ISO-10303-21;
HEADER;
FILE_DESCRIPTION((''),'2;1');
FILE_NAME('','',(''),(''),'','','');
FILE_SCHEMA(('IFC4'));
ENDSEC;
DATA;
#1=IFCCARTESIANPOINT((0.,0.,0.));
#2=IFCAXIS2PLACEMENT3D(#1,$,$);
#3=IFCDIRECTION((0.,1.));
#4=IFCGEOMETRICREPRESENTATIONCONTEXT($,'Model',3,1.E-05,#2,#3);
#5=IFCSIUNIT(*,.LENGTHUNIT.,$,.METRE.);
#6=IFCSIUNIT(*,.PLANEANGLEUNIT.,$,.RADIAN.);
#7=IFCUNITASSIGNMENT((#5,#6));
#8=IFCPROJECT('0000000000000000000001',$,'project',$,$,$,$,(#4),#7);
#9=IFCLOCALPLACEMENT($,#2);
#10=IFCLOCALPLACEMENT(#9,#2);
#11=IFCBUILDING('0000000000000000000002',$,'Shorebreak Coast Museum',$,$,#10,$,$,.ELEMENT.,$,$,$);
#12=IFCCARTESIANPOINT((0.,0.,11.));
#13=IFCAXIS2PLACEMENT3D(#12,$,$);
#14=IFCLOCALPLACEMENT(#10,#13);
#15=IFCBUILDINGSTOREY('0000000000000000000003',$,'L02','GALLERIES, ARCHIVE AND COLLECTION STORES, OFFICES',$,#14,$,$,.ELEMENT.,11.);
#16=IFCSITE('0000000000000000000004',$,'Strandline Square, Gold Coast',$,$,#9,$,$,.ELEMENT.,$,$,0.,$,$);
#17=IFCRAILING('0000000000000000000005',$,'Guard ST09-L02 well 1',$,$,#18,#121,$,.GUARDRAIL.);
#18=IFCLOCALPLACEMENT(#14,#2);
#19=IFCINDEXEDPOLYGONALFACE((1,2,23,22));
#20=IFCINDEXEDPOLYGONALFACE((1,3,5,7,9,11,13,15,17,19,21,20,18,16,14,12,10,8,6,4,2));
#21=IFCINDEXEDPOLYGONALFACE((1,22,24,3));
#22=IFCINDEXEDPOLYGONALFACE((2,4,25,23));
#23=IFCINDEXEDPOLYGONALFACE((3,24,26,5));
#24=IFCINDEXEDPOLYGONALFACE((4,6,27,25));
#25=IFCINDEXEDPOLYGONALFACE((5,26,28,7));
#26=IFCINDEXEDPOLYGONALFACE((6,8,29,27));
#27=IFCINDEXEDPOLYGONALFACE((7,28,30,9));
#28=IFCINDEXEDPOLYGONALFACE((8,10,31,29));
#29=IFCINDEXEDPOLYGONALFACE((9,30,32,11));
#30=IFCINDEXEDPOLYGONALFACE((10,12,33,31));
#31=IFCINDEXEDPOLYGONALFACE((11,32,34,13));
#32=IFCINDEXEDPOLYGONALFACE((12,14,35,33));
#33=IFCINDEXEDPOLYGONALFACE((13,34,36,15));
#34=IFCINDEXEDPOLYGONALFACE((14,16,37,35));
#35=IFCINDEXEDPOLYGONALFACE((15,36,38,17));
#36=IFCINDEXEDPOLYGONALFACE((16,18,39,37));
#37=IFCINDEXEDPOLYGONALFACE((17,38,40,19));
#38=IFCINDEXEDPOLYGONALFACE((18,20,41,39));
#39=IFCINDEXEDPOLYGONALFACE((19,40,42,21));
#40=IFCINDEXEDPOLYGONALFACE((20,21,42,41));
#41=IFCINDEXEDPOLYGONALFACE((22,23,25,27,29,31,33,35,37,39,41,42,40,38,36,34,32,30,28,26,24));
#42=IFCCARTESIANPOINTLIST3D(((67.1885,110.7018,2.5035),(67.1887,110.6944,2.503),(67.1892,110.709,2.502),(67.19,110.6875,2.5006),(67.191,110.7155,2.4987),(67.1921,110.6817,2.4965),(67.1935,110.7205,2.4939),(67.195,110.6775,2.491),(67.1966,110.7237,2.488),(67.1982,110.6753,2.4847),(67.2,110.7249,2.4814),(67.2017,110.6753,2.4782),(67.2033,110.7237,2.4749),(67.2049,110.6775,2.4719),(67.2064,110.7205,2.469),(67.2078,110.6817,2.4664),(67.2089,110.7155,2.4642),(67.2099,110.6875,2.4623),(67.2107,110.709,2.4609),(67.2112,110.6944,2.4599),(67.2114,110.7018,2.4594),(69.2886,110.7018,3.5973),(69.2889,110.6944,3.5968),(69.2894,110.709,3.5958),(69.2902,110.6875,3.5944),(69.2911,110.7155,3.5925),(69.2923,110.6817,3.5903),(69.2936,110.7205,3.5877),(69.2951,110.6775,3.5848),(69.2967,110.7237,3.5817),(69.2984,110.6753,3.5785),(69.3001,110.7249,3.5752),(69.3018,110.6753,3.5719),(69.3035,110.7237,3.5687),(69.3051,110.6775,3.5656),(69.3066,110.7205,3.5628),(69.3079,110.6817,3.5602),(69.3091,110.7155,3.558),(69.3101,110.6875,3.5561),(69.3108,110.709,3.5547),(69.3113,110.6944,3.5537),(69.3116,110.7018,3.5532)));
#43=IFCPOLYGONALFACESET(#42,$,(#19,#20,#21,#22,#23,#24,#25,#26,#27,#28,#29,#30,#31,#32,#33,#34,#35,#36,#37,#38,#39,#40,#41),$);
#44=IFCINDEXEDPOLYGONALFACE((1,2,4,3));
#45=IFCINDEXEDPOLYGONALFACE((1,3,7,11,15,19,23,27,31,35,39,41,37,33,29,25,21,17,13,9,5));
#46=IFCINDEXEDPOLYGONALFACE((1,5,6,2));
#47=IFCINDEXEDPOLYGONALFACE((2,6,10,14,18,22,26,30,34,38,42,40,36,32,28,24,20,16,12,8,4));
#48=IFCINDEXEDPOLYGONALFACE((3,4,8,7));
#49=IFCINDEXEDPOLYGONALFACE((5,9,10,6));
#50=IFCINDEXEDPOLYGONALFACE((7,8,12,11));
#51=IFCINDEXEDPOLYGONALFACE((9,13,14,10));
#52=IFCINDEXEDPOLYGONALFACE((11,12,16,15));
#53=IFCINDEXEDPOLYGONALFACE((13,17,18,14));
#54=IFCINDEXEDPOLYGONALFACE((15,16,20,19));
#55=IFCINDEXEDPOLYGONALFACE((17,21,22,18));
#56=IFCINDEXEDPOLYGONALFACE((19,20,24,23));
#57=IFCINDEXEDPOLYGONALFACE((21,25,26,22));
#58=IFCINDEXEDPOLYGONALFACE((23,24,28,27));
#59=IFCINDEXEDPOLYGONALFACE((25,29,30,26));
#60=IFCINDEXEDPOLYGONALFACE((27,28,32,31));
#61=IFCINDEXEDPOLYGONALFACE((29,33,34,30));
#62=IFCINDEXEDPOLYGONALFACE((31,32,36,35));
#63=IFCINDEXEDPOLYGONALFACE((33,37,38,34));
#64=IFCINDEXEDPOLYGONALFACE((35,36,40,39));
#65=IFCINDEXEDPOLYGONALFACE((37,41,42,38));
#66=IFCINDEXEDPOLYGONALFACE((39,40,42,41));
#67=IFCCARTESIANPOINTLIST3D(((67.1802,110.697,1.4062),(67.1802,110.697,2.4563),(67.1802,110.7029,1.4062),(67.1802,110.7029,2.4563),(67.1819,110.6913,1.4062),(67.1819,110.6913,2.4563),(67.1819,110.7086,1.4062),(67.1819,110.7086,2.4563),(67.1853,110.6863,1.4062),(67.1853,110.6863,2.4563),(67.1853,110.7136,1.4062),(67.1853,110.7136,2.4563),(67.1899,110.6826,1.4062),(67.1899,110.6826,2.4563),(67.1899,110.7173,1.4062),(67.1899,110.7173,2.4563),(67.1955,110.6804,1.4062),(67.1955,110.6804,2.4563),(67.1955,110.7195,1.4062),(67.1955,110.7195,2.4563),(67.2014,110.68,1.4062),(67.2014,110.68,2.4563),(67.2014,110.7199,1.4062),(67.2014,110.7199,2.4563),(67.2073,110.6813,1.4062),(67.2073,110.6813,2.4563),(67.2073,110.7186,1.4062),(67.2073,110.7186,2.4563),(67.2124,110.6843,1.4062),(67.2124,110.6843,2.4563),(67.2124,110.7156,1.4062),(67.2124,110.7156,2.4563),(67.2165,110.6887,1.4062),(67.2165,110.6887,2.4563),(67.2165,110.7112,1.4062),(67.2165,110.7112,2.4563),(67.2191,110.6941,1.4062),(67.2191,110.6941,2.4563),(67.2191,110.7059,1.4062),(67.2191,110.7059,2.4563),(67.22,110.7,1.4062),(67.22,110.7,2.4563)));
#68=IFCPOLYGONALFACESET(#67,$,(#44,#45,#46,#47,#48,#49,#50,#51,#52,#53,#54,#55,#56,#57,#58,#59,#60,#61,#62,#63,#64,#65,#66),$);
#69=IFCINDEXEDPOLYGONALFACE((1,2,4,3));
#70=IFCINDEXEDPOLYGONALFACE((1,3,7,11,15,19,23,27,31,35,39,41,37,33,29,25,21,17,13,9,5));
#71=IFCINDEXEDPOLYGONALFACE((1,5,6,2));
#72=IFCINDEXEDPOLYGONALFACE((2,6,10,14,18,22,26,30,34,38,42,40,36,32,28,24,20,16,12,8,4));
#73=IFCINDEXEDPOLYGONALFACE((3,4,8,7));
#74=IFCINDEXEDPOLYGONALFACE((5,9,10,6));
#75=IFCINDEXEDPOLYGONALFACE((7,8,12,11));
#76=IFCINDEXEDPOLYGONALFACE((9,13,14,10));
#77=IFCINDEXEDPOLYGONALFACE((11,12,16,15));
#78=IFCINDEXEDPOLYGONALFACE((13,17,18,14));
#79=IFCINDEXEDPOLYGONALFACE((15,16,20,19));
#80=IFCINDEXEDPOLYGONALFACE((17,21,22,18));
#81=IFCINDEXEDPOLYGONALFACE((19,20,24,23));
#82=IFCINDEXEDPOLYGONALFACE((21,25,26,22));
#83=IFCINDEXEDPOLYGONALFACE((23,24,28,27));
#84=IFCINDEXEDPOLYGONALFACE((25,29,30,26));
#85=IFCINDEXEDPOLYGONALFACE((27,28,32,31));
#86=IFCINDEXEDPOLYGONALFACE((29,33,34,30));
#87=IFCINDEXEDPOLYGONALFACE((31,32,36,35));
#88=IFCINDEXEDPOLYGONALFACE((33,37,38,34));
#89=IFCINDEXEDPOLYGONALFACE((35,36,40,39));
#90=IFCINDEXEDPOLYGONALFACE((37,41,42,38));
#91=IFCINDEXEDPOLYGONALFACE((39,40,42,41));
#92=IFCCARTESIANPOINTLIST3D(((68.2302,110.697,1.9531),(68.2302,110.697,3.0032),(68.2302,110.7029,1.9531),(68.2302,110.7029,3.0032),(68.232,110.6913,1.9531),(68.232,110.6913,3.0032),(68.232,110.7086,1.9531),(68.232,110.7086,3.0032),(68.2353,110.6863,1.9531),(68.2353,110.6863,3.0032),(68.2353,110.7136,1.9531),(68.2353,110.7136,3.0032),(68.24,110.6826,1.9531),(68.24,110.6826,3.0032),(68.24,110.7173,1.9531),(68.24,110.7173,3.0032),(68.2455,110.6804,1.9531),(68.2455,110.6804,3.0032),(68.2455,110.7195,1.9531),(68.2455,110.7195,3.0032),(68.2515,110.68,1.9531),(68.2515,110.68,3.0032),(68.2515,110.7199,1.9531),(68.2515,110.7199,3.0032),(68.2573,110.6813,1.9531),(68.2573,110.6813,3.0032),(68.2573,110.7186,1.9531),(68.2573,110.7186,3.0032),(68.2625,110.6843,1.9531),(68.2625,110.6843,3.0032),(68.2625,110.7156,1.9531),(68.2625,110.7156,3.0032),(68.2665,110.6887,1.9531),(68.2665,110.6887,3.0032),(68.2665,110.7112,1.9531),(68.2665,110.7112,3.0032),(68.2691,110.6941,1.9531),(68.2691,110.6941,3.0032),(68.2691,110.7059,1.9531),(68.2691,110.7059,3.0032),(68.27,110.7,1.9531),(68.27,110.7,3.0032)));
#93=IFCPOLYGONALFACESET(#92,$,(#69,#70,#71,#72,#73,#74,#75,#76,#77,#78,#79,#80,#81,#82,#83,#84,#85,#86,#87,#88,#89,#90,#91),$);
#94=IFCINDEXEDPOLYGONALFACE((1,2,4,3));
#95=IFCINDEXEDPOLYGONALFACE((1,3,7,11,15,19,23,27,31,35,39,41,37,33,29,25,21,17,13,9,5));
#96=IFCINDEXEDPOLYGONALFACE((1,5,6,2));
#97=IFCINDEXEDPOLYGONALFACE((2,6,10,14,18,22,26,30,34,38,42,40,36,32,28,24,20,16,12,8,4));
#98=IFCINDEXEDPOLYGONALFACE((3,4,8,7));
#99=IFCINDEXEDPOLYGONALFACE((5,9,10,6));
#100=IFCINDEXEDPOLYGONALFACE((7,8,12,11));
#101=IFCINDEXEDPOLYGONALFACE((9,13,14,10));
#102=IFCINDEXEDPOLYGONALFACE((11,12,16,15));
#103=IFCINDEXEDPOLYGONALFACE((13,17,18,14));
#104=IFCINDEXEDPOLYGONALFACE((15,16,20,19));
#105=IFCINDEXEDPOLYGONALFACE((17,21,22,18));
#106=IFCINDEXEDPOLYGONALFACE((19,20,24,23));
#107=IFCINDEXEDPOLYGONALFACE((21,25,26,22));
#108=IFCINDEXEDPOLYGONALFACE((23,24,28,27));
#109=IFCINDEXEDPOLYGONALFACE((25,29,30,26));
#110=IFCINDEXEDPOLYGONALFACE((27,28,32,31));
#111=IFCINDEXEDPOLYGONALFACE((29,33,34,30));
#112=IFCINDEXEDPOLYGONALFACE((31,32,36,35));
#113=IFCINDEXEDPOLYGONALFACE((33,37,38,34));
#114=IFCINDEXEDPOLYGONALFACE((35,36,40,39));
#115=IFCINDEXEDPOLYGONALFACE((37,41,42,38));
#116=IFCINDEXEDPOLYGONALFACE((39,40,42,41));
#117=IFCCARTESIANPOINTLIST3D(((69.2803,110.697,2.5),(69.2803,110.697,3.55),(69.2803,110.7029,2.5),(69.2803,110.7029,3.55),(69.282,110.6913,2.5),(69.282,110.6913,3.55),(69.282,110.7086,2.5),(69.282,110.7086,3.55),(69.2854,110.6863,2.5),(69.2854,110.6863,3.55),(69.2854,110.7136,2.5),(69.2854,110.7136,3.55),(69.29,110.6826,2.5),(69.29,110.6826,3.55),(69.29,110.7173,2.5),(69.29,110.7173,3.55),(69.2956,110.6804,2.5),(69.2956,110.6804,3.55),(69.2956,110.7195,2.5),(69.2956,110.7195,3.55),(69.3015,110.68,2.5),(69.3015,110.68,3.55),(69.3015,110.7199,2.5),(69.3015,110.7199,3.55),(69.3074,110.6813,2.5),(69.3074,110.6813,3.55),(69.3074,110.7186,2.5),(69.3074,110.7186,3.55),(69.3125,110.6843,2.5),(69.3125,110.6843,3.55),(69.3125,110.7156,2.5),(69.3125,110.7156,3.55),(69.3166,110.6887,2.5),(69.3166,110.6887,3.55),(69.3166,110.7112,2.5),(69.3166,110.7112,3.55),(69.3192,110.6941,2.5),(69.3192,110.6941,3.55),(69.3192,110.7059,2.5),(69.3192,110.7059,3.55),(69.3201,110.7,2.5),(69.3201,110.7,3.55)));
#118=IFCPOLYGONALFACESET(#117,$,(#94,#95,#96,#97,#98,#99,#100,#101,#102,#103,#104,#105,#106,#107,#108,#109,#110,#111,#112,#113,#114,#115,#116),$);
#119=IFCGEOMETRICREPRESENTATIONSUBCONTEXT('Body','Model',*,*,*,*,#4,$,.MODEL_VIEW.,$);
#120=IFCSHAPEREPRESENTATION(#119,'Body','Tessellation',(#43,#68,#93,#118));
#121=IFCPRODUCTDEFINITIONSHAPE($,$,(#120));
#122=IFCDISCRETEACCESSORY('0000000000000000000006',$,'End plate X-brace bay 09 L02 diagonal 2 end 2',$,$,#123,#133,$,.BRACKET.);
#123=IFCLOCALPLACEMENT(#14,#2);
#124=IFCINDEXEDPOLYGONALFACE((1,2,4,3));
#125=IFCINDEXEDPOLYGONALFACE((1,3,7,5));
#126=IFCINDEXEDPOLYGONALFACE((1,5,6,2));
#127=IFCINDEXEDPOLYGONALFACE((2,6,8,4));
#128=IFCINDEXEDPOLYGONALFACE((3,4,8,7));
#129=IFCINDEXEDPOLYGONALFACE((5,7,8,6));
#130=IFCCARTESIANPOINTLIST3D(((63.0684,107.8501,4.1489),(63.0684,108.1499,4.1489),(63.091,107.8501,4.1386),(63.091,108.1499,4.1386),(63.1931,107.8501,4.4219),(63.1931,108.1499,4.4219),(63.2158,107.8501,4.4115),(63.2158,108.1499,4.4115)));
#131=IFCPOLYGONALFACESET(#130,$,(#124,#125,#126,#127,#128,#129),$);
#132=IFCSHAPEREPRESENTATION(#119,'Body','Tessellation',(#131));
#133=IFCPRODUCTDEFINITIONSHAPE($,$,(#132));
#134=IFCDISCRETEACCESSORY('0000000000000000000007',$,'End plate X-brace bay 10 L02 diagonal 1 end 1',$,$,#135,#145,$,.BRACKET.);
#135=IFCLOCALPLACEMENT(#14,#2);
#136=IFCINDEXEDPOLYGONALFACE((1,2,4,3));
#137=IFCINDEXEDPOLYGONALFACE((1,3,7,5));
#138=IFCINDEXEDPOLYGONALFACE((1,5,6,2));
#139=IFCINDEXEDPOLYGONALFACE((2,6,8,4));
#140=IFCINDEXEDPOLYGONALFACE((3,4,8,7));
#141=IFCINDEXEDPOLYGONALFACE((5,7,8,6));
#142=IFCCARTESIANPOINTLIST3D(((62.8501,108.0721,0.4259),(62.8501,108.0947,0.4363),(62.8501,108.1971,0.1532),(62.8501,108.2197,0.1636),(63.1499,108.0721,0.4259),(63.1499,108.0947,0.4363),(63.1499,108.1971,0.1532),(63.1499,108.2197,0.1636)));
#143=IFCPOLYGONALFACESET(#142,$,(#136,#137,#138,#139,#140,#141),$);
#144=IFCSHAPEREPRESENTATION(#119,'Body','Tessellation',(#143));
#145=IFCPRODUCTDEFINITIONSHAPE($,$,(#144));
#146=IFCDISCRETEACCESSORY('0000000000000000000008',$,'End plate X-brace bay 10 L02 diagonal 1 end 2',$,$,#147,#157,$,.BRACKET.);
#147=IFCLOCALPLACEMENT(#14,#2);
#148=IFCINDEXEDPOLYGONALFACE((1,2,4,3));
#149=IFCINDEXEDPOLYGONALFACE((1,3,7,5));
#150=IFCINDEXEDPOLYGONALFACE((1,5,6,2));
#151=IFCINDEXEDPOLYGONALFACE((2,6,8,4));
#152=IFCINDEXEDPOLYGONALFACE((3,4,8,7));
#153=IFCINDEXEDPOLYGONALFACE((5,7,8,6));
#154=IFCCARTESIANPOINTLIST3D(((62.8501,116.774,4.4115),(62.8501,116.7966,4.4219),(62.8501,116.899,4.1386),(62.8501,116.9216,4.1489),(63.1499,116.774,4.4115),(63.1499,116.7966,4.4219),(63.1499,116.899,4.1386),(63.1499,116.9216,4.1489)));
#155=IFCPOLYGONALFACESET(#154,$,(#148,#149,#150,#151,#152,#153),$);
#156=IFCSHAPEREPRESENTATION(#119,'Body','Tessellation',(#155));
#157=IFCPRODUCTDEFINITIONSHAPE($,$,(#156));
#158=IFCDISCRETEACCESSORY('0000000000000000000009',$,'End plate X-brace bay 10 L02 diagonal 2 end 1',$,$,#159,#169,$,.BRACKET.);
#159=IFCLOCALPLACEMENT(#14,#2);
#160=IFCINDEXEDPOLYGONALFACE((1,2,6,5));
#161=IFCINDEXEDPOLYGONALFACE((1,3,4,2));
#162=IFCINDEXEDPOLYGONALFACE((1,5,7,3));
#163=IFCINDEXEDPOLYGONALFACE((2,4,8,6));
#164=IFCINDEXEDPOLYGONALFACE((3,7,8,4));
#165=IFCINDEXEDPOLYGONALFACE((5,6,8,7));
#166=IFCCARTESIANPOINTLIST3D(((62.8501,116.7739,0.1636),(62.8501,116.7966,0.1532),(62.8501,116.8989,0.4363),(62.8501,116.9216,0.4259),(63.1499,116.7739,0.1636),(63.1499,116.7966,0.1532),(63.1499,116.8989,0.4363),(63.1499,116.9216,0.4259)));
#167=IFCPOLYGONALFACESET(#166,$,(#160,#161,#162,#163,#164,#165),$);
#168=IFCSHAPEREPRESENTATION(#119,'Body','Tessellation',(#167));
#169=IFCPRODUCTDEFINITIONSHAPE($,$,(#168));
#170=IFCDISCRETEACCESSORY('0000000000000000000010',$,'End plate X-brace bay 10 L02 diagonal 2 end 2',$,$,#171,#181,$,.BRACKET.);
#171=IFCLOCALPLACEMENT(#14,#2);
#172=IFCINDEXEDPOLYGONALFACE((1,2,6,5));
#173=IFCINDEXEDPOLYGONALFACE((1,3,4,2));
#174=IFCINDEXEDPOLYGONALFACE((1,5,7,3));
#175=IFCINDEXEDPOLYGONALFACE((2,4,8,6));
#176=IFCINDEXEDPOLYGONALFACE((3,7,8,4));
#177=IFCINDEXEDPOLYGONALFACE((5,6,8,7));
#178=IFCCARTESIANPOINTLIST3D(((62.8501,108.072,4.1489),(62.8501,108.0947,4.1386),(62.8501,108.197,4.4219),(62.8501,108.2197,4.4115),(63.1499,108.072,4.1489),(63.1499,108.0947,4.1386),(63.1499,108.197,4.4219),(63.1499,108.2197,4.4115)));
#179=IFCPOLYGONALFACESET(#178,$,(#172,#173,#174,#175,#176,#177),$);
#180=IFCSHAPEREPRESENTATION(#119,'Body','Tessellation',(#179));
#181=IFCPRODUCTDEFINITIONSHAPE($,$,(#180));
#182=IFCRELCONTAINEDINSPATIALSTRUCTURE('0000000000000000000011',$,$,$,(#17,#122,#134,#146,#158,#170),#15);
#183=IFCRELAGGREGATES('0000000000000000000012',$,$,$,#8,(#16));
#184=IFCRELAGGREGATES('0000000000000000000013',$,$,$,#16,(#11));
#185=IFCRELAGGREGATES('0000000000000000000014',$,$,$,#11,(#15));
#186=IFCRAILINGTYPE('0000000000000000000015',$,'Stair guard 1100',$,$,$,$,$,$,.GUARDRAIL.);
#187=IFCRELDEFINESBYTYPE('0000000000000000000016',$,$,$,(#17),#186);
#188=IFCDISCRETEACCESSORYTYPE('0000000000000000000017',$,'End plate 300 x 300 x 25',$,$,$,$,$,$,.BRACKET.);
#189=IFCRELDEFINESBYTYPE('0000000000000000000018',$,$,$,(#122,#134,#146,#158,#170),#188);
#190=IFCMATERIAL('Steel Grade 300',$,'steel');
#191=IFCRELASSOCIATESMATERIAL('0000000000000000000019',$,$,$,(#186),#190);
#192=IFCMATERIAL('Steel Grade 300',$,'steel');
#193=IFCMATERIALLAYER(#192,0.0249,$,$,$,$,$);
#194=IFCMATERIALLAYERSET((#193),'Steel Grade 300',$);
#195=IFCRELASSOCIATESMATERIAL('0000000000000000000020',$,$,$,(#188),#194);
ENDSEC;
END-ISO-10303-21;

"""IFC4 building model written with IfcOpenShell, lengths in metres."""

from ifc_helpers import new_model, si_unit, direction, frame, origin, origin_2d, place, context, subcontext, project, spatial, polyline, circle, outline, extrude, material, layer, layer_set, type_object, element, save


model = new_model("IFC4")

# Units and contexts
model_context = context("Model", 3, precision=1e-05, world=origin(), true_north=direction((0.0, 1.0)))
body_context = subcontext(model_context, "Body", "Model", "MODEL_VIEW")
ifc_project = project(units=[si_unit("LENGTHUNIT", "METRE"), si_unit("PLANEANGLEUNIT", "RADIAN")], contexts=[model_context])

# Site, building, storey
site_placement = place(None, origin())
site = spatial("IfcSite", under=ifc_project, at=site_placement, Name="Strandline Square, Gold Coast", CompositionType="ELEMENT", RefElevation=0.0)
building_placement = place(site_placement, origin())
building = spatial("IfcBuilding", under=site, at=building_placement, Name="Shorebreak Coast Museum", CompositionType="ELEMENT")
storey_placement = place(building_placement, frame((0.0, 0.0, 11.0)))
storey = spatial("IfcBuildingStorey", under=building, at=storey_placement, Name="L02", Description="GALLERIES, ARCHIVE AND COLLECTION STORES, OFFICES", CompositionType="ELEMENT", Elevation=11.0)

# Railing
ifc_material_1 = material(Name="Steel Grade 300", Category="steel")
railing_type = type_object("IfcRailingType", Name="Stair guard 1100", PredefinedType="GUARDRAIL", material=ifc_material_1)
railing_1_placement = place(storey_placement, frame((67.2, 110.7, 1.4062)))
element("IfcRailing", 1, at=railing_1_placement, inside=storey, type_object=railing_type, Name="Guard ST09-L02 well 1", PredefinedType="GUARDRAIL", context=body_context, shape_type="SweptSolid", body=[
    extrude(circle(Radius=0.0249, at=origin_2d()), frame((0.0, 0.0, 1.0752), z_axis=(0.886923, 0.0, 0.461918), x_axis=(0.0, 1.0, 0.0)), (0.0, 0.0, 1.0), 2.3679),
    extrude(circle(Radius=0.02, at=origin_2d()), origin(), (0.0, 0.0, 1.0), 1.05),
    extrude(circle(Radius=0.02, at=origin_2d()), frame((1.05, 0.0, 0.5469)), (0.0, 0.0, 1.0), 1.05),
    extrude(circle(Radius=0.02, at=origin_2d()), frame((2.1001, 0.0, 1.0938)), (0.0, 0.0, 1.0), 1.05),
])

# Discrete accessories
ifc_material_2 = material(Name="Steel Grade 300", Category="steel")
ifc_layer_1 = layer(ifc_material_2, 0.0249)
ifc_layer_set_1 = layer_set([ifc_layer_1], Name="Steel Grade 300")
discrete_accessory_type = type_object("IfcDiscreteAccessoryType", Name="End plate 300 x 300 x 25", PredefinedType="BRACKET", material=ifc_layer_set_1)
discrete_accessory_1_placement = place(storey_placement, frame((63.0684, 108.1499, 4.1489), z_axis=(-0.909501, 0.0, 0.415702), x_axis=(0.0, -1.0, 0.0)))
element("IfcDiscreteAccessory", 2, at=discrete_accessory_1_placement, inside=storey, type_object=discrete_accessory_type, Name="End plate X-brace bay 09 L02 diagonal 2 end 2", PredefinedType="BRACKET", context=body_context, shape_type="SweptSolid", body=[
    extrude(outline(polyline([(0.0, 0.0), (0.2998, 0.0), (0.2998, 0.3001), (0.0, 0.3001), (0.0, 0.0)])), origin(), (0.0, 0.0, -1.0), 0.0249),
])
discrete_accessory_2_placement = place(storey_placement, frame((63.1499, 108.2197, 0.1636), z_axis=(0.0, 0.909052, 0.416683), x_axis=(-1.0, 0.0, 0.0)))
element("IfcDiscreteAccessory", 3, at=discrete_accessory_2_placement, inside=storey, type_object=discrete_accessory_type, Name="End plate X-brace bay 10 L02 diagonal 1 end 1", PredefinedType="BRACKET", context=body_context, shape_type="SweptSolid", body=[
    extrude(outline(polyline([(0.0, 0.0), (0.2998, 0.0), (0.2998, 0.3), (0.0, 0.3), (0.0, 0.0)])), origin(), (0.0, 0.0, -1.0), 0.0249),
])
discrete_accessory_3_placement = place(storey_placement, frame((63.1499, 116.9216, 4.1489), z_axis=(0.0, 0.909193, 0.416375), x_axis=(-1.0, 0.0, 0.0)))
element("IfcDiscreteAccessory", 4, at=discrete_accessory_3_placement, inside=storey, type_object=discrete_accessory_type, Name="End plate X-brace bay 10 L02 diagonal 1 end 2", PredefinedType="BRACKET", context=body_context, shape_type="SweptSolid", body=[
    extrude(outline(polyline([(0.0, 0.0), (0.2998, 0.0), (0.2998, 0.3002), (0.0, 0.3002), (0.0, 0.0)])), origin(), (0.0, 0.0, -1.0), 0.0249),
])
discrete_accessory_4_placement = place(storey_placement, frame((62.8501, 116.7739, 0.1636), z_axis=(0.0, -0.909052, 0.416683), x_axis=(1.0, 0.0, 0.0)))
element("IfcDiscreteAccessory", 5, at=discrete_accessory_4_placement, inside=storey, type_object=discrete_accessory_type, Name="End plate X-brace bay 10 L02 diagonal 2 end 1", PredefinedType="BRACKET", context=body_context, shape_type="SweptSolid", body=[
    extrude(outline(polyline([(0.0, 0.0), (0.2998, 0.0), (0.2998, 0.3), (0.0, 0.3), (0.0, 0.0)])), origin(), (0.0, 0.0, -1.0), 0.0249),
])
discrete_accessory_5_placement = place(storey_placement, frame((62.8501, 108.072, 4.1489), z_axis=(0.0, -0.909193, 0.416375), x_axis=(1.0, 0.0, 0.0)))
element("IfcDiscreteAccessory", 6, at=discrete_accessory_5_placement, inside=storey, type_object=discrete_accessory_type, Name="End plate X-brace bay 10 L02 diagonal 2 end 2", PredefinedType="BRACKET", context=body_context, shape_type="SweptSolid", body=[
    extrude(outline(polyline([(0.0, 0.0), (0.2998, 0.0), (0.2998, 0.3002), (0.0, 0.3002), (0.0, 0.0)])), origin(), (0.0, 0.0, -1.0), 0.0249),
])

save(model, "model.ifc")
